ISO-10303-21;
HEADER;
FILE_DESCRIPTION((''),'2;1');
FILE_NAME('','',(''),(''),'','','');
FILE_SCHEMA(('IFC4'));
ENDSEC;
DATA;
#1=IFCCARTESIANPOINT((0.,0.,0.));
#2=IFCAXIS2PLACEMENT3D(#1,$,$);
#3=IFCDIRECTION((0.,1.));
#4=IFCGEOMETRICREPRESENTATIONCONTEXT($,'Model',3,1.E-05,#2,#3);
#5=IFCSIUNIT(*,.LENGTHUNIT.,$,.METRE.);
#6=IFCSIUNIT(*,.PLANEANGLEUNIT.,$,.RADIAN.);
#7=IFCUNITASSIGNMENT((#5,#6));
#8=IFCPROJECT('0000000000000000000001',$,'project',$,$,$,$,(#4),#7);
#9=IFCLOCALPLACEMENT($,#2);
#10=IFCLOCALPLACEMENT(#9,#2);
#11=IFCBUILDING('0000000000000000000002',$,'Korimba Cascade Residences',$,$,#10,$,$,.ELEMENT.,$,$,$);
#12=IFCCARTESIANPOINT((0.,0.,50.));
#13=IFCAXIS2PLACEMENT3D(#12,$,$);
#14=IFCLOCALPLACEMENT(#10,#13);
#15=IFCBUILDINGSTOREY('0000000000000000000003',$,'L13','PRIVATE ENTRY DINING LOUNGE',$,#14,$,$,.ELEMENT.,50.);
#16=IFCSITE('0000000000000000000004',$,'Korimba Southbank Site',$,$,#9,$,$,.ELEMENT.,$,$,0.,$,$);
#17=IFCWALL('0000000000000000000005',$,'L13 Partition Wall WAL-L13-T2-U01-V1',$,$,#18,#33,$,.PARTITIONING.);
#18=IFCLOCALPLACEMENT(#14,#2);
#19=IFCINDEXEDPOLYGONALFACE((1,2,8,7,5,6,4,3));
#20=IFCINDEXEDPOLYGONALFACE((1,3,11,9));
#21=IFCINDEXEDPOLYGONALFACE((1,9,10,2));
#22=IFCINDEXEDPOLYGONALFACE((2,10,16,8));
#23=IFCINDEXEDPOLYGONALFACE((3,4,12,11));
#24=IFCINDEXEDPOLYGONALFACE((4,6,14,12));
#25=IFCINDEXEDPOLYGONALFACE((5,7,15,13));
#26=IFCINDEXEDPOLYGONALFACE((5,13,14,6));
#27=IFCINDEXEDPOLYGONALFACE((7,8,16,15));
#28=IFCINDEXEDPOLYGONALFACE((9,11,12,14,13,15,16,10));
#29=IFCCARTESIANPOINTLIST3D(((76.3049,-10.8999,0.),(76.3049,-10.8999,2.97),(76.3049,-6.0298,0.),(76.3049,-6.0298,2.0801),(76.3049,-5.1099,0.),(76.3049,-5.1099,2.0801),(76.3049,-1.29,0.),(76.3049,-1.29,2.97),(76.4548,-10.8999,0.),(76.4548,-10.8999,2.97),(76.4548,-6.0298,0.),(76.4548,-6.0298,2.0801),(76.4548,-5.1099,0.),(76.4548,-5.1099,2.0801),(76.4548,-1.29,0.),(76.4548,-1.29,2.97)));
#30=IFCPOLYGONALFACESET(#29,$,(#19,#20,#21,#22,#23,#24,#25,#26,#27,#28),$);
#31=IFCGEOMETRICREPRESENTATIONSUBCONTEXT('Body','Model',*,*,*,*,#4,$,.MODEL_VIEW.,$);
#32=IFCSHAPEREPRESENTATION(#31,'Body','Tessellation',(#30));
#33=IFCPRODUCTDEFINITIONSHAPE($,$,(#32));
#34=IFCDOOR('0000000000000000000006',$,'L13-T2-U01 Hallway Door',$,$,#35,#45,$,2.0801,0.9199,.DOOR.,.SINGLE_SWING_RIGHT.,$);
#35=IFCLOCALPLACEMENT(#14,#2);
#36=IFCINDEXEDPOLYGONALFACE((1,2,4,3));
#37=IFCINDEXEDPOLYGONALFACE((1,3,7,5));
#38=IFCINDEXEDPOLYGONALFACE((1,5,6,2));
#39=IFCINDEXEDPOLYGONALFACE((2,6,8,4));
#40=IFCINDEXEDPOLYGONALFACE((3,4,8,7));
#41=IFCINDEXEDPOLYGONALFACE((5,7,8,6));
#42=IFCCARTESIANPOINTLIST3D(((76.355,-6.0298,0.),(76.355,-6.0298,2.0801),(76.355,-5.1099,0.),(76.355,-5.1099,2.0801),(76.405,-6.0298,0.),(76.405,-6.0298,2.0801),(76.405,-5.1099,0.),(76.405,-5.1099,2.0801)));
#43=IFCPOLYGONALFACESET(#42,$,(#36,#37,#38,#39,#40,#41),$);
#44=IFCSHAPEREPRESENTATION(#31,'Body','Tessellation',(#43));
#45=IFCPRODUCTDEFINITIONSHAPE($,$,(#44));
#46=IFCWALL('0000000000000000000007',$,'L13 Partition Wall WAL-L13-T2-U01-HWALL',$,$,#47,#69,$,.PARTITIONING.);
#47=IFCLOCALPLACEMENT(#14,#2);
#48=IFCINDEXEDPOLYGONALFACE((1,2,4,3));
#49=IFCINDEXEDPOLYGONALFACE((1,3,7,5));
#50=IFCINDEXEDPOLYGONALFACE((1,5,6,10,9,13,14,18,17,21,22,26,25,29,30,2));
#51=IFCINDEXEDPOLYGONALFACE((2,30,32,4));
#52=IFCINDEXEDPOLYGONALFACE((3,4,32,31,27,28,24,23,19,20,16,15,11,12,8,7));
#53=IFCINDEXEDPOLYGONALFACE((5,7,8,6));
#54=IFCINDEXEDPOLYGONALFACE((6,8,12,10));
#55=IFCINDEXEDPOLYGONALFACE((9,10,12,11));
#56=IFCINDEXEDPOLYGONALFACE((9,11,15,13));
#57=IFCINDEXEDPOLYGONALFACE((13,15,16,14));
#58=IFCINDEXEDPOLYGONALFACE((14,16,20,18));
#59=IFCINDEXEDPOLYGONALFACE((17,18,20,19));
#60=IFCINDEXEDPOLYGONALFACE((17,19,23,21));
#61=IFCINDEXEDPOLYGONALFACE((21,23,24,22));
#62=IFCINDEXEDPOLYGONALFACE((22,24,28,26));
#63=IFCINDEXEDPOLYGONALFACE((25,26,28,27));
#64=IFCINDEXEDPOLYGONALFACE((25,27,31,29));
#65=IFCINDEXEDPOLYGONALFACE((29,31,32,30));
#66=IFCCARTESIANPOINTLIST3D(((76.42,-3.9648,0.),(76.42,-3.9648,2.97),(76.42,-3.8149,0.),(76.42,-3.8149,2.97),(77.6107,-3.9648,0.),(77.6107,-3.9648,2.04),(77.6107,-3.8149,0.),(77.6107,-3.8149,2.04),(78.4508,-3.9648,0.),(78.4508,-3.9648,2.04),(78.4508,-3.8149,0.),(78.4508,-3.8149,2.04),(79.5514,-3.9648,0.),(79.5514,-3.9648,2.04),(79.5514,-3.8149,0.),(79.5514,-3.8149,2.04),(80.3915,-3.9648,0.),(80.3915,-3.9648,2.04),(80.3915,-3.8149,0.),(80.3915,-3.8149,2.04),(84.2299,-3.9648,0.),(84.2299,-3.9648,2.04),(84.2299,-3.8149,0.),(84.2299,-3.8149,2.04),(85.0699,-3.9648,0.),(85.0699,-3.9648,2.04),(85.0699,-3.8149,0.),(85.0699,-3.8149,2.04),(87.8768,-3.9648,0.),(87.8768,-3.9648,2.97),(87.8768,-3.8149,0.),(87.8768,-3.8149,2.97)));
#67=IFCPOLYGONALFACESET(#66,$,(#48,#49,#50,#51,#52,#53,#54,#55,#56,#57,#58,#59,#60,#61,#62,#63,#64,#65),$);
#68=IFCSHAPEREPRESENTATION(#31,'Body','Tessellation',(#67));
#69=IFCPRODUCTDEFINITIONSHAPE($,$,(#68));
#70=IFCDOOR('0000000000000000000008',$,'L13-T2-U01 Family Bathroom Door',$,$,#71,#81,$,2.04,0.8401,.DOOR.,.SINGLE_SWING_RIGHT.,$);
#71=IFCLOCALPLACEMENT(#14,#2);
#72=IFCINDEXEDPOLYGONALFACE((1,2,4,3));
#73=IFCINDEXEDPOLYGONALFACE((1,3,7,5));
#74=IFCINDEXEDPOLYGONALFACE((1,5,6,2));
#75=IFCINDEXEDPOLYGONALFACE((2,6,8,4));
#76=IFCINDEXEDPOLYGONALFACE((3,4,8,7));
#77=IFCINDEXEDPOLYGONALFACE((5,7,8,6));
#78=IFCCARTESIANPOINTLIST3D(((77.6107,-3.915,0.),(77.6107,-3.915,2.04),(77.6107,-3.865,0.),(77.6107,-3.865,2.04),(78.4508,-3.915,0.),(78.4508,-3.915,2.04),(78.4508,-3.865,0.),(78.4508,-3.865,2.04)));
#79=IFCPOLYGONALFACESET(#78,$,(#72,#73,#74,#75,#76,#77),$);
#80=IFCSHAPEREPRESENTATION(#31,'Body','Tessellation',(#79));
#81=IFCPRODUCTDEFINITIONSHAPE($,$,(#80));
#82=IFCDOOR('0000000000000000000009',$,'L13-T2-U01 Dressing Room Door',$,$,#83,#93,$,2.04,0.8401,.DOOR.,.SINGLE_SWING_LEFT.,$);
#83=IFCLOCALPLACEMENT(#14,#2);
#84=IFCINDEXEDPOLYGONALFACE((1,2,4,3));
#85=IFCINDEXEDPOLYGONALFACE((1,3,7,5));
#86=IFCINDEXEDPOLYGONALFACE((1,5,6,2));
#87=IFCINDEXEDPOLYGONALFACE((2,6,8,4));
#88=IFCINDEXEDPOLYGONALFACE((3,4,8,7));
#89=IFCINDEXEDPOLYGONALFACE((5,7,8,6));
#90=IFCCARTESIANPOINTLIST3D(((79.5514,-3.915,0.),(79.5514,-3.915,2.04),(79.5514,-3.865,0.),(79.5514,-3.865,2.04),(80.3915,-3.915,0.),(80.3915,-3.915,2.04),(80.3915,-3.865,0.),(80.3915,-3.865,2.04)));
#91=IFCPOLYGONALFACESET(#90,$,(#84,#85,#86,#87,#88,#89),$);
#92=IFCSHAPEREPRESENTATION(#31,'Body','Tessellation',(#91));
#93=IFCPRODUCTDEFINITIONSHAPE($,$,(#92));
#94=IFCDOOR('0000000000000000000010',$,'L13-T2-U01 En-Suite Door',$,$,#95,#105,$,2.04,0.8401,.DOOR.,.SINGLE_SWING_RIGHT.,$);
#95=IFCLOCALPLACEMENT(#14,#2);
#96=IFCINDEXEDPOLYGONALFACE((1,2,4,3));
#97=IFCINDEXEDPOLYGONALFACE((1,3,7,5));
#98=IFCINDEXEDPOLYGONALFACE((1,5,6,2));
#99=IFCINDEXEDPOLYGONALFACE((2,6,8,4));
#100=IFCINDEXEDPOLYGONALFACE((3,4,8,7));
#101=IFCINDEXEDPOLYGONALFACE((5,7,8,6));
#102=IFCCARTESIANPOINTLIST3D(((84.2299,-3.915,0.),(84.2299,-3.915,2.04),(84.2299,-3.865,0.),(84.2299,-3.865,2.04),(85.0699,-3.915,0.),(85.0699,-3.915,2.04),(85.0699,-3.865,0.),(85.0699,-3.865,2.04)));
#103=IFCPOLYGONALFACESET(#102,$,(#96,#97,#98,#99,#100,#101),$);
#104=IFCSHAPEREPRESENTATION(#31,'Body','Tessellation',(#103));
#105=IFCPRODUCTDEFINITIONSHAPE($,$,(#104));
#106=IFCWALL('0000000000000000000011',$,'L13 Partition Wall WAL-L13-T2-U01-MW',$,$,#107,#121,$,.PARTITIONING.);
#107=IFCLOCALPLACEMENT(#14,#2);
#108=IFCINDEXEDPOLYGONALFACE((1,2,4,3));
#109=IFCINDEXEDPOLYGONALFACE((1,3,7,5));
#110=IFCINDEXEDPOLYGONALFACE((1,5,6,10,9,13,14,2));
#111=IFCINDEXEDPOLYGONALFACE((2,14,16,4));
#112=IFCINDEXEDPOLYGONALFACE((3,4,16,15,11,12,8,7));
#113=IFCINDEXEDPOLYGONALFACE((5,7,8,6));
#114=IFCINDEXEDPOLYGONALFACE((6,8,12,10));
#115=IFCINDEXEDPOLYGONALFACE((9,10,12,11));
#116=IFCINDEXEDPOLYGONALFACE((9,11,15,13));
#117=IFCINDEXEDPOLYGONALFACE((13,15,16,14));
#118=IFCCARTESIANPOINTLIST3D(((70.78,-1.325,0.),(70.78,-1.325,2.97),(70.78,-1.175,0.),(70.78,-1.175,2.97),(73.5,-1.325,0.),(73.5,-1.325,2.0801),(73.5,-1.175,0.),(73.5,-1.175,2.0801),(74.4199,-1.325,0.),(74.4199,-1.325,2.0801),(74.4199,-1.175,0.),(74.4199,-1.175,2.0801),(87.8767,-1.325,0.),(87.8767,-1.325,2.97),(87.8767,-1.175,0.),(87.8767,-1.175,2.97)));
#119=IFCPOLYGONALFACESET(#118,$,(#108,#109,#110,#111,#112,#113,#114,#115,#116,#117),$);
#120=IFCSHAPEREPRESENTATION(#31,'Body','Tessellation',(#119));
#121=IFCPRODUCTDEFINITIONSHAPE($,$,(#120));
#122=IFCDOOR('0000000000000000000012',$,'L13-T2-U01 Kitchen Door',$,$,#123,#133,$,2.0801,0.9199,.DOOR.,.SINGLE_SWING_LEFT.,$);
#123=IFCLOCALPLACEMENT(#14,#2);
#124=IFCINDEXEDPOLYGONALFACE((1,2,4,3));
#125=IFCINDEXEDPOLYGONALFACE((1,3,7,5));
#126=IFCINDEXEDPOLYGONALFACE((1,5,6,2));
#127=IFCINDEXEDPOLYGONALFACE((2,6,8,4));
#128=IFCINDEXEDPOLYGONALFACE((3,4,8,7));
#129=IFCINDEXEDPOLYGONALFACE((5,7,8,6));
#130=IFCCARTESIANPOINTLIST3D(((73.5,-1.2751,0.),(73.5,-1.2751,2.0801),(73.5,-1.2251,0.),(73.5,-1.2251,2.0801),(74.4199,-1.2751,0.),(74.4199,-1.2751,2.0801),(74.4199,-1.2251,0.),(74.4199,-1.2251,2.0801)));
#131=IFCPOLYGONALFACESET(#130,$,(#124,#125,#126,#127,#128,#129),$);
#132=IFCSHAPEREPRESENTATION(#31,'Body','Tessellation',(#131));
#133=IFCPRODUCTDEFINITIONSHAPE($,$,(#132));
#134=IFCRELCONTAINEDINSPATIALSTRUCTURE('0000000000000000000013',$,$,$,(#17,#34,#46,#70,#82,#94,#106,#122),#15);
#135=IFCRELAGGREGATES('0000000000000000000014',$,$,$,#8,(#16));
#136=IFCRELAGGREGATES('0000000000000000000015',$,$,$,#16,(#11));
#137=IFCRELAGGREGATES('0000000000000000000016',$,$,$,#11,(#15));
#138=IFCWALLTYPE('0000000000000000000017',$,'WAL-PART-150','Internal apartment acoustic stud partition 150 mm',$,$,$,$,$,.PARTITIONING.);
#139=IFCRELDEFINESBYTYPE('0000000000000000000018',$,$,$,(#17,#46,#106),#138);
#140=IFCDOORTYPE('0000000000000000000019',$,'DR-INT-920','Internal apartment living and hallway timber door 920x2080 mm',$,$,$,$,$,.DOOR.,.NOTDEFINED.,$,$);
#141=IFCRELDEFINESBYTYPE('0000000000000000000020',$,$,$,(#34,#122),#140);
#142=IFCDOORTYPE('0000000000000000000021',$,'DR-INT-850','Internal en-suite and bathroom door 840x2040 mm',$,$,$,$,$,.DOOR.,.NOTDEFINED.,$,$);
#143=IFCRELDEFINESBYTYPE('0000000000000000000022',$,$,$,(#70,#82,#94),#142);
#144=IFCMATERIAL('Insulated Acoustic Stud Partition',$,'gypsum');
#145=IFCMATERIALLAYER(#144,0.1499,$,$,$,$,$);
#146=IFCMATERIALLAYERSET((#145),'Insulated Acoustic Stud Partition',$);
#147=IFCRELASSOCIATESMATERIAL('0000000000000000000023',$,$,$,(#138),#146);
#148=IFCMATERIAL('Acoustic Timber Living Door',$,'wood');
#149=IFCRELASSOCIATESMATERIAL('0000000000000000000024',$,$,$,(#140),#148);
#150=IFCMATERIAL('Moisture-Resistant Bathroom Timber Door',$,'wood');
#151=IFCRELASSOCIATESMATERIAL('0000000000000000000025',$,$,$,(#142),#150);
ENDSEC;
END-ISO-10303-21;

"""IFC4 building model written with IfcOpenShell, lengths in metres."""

from ifc_helpers import new_model, si_unit, direction, frame, frame_2d, origin, place, context, subcontext, project, spatial, rectangle, extrude, material, layer, layer_set, type_object, element, fill, save


model = new_model("IFC4")

# Units and contexts
model_context = context("Model", 3, precision=1e-05, world=origin(), true_north=direction((0.0, 1.0)))
body_context = subcontext(model_context, "Body", "Model", "MODEL_VIEW")
ifc_project = project(units=[si_unit("LENGTHUNIT", "METRE"), si_unit("PLANEANGLEUNIT", "RADIAN")], contexts=[model_context])

# Site, building, storey
site_placement = place(None, origin())
site = spatial("IfcSite", under=ifc_project, at=site_placement, Name="Korimba Southbank Site", CompositionType="ELEMENT", RefElevation=0.0)
building_placement = place(site_placement, origin())
building = spatial("IfcBuilding", under=site, at=building_placement, Name="Korimba Cascade Residences", CompositionType="ELEMENT")
storey_placement = place(building_placement, frame((0.0, 0.0, 50.0)))
storey = spatial("IfcBuildingStorey", under=building, at=storey_placement, Name="L13", Description="PRIVATE ENTRY DINING LOUNGE", CompositionType="ELEMENT", Elevation=50.0)

# Shared definitions
ifc_material_1 = material(Name="Insulated Acoustic Stud Partition", Category="gypsum")
ifc_layer_1 = layer(ifc_material_1, 0.1499)
ifc_layer_set_1 = layer_set([ifc_layer_1], Name="Insulated Acoustic Stud Partition")
wall_type_1 = type_object("IfcWallType", Name="WAL-PART-150", Description="Internal apartment acoustic stud partition 150 mm", PredefinedType="PARTITIONING", material=ifc_layer_set_1)

# Wall, opening, door
wall_1_placement = place(storey_placement, frame((76.3799, -10.8999, 0.0), z_axis=(0.0, 0.0, 1.0), x_axis=(0.0, 1.0, 0.0)))
wall_1 = element("IfcWall", 1, at=wall_1_placement, inside=storey, type_object=wall_type_1, Name="L13 Partition Wall WAL-L13-T2-U01-V1", PredefinedType="PARTITIONING", context=body_context, shape_type="SweptSolid", body=[
    extrude(rectangle(XDim=9.6099, YDim=0.1499, at=frame_2d((4.8049, 0.0))), origin(), (0.0, 0.0, 1.0), 2.97),
])
opening_1_placement = place(wall_1_placement, frame((4.8701, 0.0, 0.0)))
opening_1 = element("IfcOpeningElement", 2, at=opening_1_placement, cuts=wall_1, PredefinedType="OPENING", context=body_context, shape_type="SweptSolid", body=[
    extrude(rectangle(XDim=0.9199, YDim=2.0801, at=frame_2d((0.46, 1.04))), frame((0.0, 0.085, 0.0), z_axis=(0.0, -1.0, 0.0), x_axis=(1.0, 0.0, 0.0)), (0.0, 0.0, 1.0), 0.1699),
])
ifc_material_2 = material(Name="Acoustic Timber Living Door", Category="wood")
door_type_1 = type_object("IfcDoorType", Name="DR-INT-920", Description="Internal apartment living and hallway timber door 920x2080 mm", OperationType="NOTDEFINED", PredefinedType="DOOR", material=ifc_material_2)
door_1_placement = place(opening_1_placement, origin())
door_1 = element("IfcDoor", 3, at=door_1_placement, inside=storey, type_object=door_type_1, Name="L13-T2-U01 Hallway Door", OperationType="SINGLE_SWING_RIGHT", OverallHeight=2.0801, OverallWidth=0.9199, PredefinedType="DOOR", context=body_context, shape_type="SweptSolid", body=[
    extrude(rectangle(XDim=0.9199, YDim=2.0801, at=frame_2d((0.46, 1.04))), frame((0.0, 0.0249, 0.0), z_axis=(0.0, -1.0, 0.0), x_axis=(1.0, 0.0, 0.0)), (0.0, 0.0, 1.0), 0.05),
])
fill(opening_1, door_1)

# Wall, openings, doors
wall_2_placement = place(storey_placement, frame((76.4199, -3.8899, 0.0), z_axis=(0.0, 0.0, 1.0), x_axis=(1.0, 0.0, 0.0)))
wall_2 = element("IfcWall", 4, at=wall_2_placement, inside=storey, type_object=wall_type_1, Name="L13 Partition Wall WAL-L13-T2-U01-HWALL", PredefinedType="PARTITIONING", context=body_context, shape_type="SweptSolid", body=[
    extrude(rectangle(XDim=11.4568, YDim=0.1499, at=frame_2d((5.7285, 0.0))), origin(), (0.0, 0.0, 1.0), 2.97),
])
opening_2_placement = place(wall_2_placement, frame((1.1909, 0.0, 0.0)))
opening_2 = element("IfcOpeningElement", 5, at=opening_2_placement, cuts=wall_2, PredefinedType="OPENING", context=body_context, shape_type="SweptSolid", body=[
    extrude(rectangle(XDim=0.8401, YDim=2.04, at=frame_2d((0.4199, 1.02))), frame((0.0, 0.085, 0.0), z_axis=(0.0, -1.0, 0.0), x_axis=(1.0, 0.0, 0.0)), (0.0, 0.0, 1.0), 0.1699),
])
opening_3_placement = place(wall_2_placement, frame((3.1316, 0.0, 0.0)))
opening_3 = element("IfcOpeningElement", 6, at=opening_3_placement, cuts=wall_2, PredefinedType="OPENING", context=body_context, shape_type="SweptSolid", body=[
    extrude(rectangle(XDim=0.8401, YDim=2.04, at=frame_2d((0.4199, 1.02))), frame((0.0, 0.085, 0.0), z_axis=(0.0, -1.0, 0.0), x_axis=(1.0, 0.0, 0.0)), (0.0, 0.0, 1.0), 0.1699),
])
opening_4_placement = place(wall_2_placement, frame((7.8101, 0.0, 0.0)))
opening_4 = element("IfcOpeningElement", 7, at=opening_4_placement, cuts=wall_2, PredefinedType="OPENING", context=body_context, shape_type="SweptSolid", body=[
    extrude(rectangle(XDim=0.8401, YDim=2.04, at=frame_2d((0.4199, 1.02))), frame((0.0, 0.085, 0.0), z_axis=(0.0, -1.0, 0.0), x_axis=(1.0, 0.0, 0.0)), (0.0, 0.0, 1.0), 0.1699),
])
ifc_material_3 = material(Name="Moisture-Resistant Bathroom Timber Door", Category="wood")
door_type_2 = type_object("IfcDoorType", Name="DR-INT-850", Description="Internal en-suite and bathroom door 840x2040 mm", OperationType="NOTDEFINED", PredefinedType="DOOR", material=ifc_material_3)
door_2_placement = place(opening_2_placement, origin())
door_2 = element("IfcDoor", 8, at=door_2_placement, inside=storey, type_object=door_type_2, Name="L13-T2-U01 Family Bathroom Door", OperationType="SINGLE_SWING_RIGHT", OverallHeight=2.04, OverallWidth=0.8401, PredefinedType="DOOR", context=body_context, shape_type="SweptSolid", body=[
    extrude(rectangle(XDim=0.8401, YDim=2.04, at=frame_2d((0.4199, 1.02))), frame((0.0, 0.0249, 0.0), z_axis=(0.0, -1.0, 0.0), x_axis=(1.0, 0.0, 0.0)), (0.0, 0.0, 1.0), 0.05),
])
fill(opening_2, door_2)
door_3_placement = place(opening_3_placement, origin())
door_3 = element("IfcDoor", 9, at=door_3_placement, inside=storey, type_object=door_type_2, Name="L13-T2-U01 Dressing Room Door", OperationType="SINGLE_SWING_LEFT", OverallHeight=2.04, OverallWidth=0.8401, PredefinedType="DOOR", context=body_context, shape_type="SweptSolid", body=[
    extrude(rectangle(XDim=0.8401, YDim=2.04, at=frame_2d((0.4199, 1.02))), frame((0.0, 0.0249, 0.0), z_axis=(0.0, -1.0, 0.0), x_axis=(1.0, 0.0, 0.0)), (0.0, 0.0, 1.0), 0.05),
])
fill(opening_3, door_3)
door_4_placement = place(opening_4_placement, origin())
door_4 = element("IfcDoor", 10, at=door_4_placement, inside=storey, type_object=door_type_2, Name="L13-T2-U01 En-Suite Door", OperationType="SINGLE_SWING_RIGHT", OverallHeight=2.04, OverallWidth=0.8401, PredefinedType="DOOR", context=body_context, shape_type="SweptSolid", body=[
    extrude(rectangle(XDim=0.8401, YDim=2.04, at=frame_2d((0.4199, 1.02))), frame((0.0, 0.0249, 0.0), z_axis=(0.0, -1.0, 0.0), x_axis=(1.0, 0.0, 0.0)), (0.0, 0.0, 1.0), 0.05),
])
fill(opening_4, door_4)

# Wall, opening, door
wall_3_placement = place(storey_placement, frame((70.78, -1.25, 0.0), z_axis=(0.0, 0.0, 1.0), x_axis=(1.0, 0.0, 0.0)))
wall_3 = element("IfcWall", 11, at=wall_3_placement, inside=storey, type_object=wall_type_1, Name="L13 Partition Wall WAL-L13-T2-U01-MW", PredefinedType="PARTITIONING", context=body_context, shape_type="SweptSolid", body=[
    extrude(rectangle(XDim=17.0967, YDim=0.1499, at=frame_2d((8.5483, 0.0))), origin(), (0.0, 0.0, 1.0), 2.97),
])
opening_5_placement = place(wall_3_placement, frame((2.72, 0.0, 0.0)))
opening_5 = element("IfcOpeningElement", 12, at=opening_5_placement, cuts=wall_3, PredefinedType="OPENING", context=body_context, shape_type="SweptSolid", body=[
    extrude(rectangle(XDim=0.9199, YDim=2.0801, at=frame_2d((0.46, 1.04))), frame((0.0, 0.085, 0.0), z_axis=(0.0, -1.0, 0.0), x_axis=(1.0, 0.0, 0.0)), (0.0, 0.0, 1.0), 0.1699),
])
door_5_placement = place(opening_5_placement, origin())
door_5 = element("IfcDoor", 13, at=door_5_placement, inside=storey, type_object=door_type_1, Name="L13-T2-U01 Kitchen Door", OperationType="SINGLE_SWING_LEFT", OverallHeight=2.0801, OverallWidth=0.9199, PredefinedType="DOOR", context=body_context, shape_type="SweptSolid", body=[
    extrude(rectangle(XDim=0.9199, YDim=2.0801, at=frame_2d((0.46, 1.04))), frame((0.0, 0.0249, 0.0), z_axis=(0.0, -1.0, 0.0), x_axis=(1.0, 0.0, 0.0)), (0.0, 0.0, 1.0), 0.05),
])
fill(opening_5, door_5)

save(model, "model.ifc")
